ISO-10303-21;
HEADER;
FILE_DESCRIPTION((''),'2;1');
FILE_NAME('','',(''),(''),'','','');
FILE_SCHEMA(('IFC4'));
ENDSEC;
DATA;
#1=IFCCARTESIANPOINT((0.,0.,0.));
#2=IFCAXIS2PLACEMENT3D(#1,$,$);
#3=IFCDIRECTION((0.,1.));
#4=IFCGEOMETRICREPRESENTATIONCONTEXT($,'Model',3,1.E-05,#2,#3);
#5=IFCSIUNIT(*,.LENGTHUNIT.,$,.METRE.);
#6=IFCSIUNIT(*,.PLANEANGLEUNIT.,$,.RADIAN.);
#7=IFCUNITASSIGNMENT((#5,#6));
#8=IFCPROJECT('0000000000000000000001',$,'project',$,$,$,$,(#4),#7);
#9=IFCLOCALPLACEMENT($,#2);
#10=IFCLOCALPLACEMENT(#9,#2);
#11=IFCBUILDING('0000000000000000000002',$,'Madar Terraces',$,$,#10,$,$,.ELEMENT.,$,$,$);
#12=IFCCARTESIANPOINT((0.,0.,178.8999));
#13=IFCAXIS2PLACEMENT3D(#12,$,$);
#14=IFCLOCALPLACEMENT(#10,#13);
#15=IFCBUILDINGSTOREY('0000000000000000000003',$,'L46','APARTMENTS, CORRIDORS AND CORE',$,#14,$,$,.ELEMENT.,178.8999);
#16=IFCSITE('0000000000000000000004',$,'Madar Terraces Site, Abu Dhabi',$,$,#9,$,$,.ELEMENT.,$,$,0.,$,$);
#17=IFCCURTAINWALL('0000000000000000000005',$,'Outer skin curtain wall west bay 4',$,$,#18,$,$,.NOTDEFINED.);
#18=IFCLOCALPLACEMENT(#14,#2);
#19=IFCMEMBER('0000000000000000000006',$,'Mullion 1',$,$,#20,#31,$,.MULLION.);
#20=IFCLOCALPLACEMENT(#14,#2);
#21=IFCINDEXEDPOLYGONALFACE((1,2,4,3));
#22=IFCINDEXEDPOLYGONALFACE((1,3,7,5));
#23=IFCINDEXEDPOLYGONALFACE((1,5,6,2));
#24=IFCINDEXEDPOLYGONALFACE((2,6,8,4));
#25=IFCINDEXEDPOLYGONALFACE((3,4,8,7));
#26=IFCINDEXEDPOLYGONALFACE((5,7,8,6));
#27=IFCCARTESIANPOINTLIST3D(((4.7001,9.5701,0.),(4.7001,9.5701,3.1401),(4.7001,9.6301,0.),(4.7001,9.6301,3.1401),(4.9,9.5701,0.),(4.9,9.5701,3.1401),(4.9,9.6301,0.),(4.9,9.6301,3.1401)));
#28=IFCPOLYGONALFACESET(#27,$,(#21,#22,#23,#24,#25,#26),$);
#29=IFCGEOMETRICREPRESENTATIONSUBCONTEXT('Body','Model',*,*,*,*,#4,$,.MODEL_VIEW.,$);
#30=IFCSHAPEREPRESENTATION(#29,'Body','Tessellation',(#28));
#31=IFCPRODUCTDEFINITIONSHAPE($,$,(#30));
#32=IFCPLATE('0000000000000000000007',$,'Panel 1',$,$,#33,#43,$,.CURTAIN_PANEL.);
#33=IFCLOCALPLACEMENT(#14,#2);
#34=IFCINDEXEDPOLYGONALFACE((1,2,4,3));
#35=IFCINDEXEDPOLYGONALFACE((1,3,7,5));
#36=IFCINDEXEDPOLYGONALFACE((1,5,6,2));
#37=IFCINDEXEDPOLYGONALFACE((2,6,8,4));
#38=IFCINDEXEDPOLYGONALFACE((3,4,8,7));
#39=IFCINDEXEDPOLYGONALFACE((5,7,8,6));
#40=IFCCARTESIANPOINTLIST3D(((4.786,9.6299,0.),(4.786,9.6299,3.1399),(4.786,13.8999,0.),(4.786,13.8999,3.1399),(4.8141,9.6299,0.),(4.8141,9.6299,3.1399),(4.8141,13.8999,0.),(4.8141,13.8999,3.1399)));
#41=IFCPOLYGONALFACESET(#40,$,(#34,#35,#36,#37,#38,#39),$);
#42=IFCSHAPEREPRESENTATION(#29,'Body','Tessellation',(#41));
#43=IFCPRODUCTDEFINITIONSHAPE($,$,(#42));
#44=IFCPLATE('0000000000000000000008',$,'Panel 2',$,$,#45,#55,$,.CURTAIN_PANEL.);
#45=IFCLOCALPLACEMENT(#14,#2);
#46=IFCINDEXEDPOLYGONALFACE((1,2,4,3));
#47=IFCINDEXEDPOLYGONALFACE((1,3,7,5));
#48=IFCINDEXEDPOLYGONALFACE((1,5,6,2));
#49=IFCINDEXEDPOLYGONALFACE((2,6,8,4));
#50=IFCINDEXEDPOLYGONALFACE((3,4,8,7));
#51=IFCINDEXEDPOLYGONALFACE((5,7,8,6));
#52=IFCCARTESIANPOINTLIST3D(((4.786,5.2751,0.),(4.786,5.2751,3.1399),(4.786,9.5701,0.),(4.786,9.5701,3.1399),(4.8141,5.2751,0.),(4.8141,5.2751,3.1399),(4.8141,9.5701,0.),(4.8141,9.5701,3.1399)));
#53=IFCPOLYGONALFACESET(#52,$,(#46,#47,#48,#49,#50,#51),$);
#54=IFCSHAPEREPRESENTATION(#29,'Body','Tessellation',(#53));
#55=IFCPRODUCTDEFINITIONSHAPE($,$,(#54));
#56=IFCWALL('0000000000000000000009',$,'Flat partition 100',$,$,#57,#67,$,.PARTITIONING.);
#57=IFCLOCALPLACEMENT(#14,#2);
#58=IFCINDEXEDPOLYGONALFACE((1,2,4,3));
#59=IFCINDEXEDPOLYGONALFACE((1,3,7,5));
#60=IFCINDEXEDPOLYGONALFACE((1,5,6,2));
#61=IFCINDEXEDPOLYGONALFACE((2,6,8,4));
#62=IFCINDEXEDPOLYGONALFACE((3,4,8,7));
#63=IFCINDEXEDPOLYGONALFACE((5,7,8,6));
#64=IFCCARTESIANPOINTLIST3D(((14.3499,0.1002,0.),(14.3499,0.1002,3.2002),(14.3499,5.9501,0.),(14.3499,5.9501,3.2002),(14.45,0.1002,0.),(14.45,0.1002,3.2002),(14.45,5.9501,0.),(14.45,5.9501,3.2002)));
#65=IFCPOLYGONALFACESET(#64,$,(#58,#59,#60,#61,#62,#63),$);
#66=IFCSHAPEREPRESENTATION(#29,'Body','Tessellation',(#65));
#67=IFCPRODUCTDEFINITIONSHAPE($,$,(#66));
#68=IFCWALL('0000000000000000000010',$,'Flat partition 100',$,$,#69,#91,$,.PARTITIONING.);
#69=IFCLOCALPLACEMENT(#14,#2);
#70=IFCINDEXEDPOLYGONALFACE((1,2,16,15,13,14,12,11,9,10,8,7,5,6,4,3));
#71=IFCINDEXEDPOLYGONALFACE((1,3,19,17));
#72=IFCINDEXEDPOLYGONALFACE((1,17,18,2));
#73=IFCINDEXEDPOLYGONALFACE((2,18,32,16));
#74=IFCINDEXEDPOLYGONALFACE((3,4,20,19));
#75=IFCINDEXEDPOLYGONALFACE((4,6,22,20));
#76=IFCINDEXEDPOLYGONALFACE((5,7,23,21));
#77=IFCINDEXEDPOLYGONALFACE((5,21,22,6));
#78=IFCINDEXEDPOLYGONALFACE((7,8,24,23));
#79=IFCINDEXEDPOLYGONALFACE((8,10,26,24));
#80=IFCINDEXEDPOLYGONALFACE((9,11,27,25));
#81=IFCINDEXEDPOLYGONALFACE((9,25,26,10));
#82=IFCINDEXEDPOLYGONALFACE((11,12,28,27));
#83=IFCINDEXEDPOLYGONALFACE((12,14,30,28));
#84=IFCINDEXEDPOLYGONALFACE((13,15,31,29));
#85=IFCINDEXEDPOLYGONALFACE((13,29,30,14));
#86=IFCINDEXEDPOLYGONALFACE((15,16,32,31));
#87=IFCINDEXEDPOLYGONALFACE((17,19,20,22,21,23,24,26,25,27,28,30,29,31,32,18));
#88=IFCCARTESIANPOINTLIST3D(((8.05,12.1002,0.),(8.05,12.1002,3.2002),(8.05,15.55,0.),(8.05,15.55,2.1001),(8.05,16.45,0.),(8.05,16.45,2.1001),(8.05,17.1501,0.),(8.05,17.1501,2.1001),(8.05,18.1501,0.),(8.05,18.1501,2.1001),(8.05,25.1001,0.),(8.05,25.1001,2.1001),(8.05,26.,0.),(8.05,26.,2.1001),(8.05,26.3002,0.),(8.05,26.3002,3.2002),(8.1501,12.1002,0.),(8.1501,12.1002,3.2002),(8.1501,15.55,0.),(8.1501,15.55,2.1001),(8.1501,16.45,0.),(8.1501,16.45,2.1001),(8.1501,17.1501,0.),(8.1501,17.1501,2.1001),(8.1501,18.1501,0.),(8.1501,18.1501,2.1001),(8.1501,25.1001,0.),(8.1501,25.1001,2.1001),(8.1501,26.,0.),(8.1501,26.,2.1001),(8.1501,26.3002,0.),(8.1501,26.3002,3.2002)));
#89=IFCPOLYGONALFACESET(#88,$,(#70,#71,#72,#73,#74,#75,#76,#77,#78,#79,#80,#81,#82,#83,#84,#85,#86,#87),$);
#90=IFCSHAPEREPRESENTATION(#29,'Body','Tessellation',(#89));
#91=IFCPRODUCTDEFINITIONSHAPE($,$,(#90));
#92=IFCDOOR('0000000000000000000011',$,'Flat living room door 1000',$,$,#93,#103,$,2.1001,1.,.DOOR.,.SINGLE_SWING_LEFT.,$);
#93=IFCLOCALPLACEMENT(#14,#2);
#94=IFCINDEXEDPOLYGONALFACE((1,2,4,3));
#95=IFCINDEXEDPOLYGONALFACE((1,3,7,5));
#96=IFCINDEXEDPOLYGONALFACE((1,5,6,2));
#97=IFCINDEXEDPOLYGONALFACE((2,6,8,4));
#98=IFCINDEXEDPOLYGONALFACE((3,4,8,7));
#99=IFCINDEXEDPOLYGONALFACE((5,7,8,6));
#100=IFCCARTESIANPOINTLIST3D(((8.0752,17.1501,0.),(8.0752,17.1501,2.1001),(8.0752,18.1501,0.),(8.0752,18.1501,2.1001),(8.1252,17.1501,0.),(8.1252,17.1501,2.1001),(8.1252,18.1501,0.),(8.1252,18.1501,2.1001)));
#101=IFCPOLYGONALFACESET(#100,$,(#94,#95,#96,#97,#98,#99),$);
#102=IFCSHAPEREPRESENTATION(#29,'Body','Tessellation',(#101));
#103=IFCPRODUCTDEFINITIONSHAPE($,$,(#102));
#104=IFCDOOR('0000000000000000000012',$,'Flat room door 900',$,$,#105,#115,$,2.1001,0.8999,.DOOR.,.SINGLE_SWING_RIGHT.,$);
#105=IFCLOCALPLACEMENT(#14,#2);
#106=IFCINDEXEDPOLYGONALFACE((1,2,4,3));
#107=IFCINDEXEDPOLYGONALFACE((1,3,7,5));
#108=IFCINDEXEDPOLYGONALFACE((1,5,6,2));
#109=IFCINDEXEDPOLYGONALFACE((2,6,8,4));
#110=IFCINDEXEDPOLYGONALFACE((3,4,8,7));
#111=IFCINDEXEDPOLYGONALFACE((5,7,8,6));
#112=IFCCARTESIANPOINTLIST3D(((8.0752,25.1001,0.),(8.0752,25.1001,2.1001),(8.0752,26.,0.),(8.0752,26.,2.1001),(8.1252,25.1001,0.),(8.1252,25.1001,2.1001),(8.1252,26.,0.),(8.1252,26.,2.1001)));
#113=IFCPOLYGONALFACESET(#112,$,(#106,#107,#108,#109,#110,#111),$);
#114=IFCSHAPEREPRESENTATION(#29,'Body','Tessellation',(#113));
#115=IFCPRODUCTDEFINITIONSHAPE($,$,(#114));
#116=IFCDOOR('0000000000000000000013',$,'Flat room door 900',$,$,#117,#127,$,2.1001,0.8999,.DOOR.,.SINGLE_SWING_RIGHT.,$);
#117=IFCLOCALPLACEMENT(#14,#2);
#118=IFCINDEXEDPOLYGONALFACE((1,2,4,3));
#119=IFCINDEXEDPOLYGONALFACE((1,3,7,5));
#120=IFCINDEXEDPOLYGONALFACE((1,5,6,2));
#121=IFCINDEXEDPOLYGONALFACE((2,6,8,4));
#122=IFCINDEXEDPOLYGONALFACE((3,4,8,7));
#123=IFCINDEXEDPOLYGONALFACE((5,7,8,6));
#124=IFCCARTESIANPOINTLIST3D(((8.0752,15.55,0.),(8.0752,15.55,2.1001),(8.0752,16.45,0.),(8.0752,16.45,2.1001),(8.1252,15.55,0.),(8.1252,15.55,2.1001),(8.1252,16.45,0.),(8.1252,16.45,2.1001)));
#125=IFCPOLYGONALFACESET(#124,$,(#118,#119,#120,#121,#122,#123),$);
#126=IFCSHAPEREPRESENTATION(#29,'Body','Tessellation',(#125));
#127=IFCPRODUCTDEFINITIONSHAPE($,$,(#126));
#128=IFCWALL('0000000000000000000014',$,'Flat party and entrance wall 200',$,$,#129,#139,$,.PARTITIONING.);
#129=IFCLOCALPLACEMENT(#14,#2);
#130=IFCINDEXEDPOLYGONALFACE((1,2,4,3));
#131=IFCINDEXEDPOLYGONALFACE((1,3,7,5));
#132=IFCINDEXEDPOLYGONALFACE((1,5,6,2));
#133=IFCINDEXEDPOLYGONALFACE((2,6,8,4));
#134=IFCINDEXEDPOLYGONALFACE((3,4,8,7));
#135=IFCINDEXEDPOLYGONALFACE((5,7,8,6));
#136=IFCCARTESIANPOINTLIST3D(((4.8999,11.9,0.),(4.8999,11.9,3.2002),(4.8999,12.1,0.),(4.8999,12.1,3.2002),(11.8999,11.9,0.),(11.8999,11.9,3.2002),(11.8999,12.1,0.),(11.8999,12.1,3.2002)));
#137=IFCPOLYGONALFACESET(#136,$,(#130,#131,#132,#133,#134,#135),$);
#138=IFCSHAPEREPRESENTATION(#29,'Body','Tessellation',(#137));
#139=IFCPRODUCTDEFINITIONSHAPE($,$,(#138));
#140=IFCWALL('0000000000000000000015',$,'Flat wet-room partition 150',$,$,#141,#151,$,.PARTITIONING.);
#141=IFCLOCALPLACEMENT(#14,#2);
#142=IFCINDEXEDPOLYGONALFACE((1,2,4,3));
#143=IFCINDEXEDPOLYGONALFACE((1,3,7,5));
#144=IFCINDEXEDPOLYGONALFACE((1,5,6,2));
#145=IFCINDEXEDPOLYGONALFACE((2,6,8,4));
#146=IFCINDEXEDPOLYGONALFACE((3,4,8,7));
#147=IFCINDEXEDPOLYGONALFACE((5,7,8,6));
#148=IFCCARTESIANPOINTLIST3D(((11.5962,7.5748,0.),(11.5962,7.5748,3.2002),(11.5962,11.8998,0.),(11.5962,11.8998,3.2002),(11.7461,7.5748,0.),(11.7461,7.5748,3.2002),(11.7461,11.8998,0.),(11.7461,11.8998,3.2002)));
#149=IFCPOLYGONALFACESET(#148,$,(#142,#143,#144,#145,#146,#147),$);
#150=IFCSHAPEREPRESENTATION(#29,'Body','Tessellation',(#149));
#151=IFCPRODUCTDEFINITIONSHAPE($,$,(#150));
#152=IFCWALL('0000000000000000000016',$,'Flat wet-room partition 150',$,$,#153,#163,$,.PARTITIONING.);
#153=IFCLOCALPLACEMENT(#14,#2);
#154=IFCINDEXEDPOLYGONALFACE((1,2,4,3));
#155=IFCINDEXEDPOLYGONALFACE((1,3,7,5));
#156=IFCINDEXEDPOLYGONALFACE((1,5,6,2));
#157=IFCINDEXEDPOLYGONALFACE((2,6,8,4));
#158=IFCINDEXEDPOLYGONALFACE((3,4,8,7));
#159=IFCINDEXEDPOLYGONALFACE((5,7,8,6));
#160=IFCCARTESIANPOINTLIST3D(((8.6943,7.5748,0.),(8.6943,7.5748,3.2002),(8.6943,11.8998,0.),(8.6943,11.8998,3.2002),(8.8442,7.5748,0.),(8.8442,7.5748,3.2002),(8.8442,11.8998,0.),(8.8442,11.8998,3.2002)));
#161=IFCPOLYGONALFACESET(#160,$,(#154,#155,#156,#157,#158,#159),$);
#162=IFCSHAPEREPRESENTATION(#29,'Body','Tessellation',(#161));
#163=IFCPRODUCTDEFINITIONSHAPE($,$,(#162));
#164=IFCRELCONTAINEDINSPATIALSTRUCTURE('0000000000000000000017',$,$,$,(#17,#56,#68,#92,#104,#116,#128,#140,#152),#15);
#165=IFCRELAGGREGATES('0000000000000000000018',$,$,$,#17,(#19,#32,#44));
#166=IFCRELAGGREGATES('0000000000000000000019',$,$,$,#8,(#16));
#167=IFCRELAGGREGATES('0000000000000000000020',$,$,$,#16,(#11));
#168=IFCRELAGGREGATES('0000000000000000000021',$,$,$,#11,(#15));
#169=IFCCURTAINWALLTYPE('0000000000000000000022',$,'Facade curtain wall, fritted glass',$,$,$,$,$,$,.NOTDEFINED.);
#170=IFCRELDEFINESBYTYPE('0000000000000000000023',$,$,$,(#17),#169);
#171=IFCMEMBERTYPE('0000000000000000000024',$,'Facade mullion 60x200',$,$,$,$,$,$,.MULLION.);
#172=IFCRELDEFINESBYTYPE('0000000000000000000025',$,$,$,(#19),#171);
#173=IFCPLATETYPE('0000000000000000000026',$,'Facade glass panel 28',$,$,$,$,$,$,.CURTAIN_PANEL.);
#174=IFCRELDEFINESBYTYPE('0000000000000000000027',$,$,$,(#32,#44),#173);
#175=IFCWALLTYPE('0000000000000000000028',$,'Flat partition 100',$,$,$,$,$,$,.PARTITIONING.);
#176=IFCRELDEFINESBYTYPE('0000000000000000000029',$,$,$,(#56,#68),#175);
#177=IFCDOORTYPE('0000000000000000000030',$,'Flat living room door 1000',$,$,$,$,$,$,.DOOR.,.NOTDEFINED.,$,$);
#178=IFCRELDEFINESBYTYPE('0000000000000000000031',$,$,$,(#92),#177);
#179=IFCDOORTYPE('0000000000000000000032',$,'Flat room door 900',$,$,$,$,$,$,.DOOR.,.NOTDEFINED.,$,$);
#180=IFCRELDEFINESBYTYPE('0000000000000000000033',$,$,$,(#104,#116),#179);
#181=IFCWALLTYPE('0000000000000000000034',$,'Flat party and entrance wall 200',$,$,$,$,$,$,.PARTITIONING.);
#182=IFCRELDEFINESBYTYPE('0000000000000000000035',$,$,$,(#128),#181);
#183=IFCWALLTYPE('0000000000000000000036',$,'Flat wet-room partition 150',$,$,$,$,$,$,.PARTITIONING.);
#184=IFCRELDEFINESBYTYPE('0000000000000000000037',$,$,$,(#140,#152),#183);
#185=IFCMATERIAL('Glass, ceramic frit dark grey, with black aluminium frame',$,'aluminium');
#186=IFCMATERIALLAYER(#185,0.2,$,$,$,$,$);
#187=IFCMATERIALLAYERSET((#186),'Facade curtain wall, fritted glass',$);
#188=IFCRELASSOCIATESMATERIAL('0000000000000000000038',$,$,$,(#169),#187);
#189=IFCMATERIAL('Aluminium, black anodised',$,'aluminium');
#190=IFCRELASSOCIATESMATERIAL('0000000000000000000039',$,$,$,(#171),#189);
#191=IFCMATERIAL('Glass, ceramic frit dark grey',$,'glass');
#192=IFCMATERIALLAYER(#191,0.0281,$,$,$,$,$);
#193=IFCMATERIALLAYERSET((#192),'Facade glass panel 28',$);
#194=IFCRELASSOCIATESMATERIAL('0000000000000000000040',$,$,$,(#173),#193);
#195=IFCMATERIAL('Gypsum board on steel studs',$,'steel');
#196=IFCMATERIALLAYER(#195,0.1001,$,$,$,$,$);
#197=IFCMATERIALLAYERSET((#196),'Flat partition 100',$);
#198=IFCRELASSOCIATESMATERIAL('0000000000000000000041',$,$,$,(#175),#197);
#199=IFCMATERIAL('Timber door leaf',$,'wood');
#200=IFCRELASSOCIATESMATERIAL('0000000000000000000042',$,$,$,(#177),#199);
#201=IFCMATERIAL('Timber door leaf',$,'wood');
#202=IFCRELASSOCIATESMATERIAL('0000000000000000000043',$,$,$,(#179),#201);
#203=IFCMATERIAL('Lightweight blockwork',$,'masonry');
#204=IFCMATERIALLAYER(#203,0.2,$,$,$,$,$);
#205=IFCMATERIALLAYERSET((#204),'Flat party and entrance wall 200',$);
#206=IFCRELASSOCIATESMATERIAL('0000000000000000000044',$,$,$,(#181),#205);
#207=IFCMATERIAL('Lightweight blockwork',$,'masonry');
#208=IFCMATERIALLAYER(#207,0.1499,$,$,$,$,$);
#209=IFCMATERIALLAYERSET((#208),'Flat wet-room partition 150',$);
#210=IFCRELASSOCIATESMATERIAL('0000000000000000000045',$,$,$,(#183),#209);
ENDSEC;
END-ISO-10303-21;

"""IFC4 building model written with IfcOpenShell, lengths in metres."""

from ifc_helpers import new_model, si_unit, direction, frame, frame_2d, origin, origin_2d, place, context, subcontext, project, spatial, rectangle, extrude, material, layer, layer_set, material_profile, profile_set, type_object, element, fill, aggregate, save


model = new_model("IFC4")

# Units and contexts
model_context = context("Model", 3, precision=1e-05, world=origin(), true_north=direction((0.0, 1.0)))
body_context = subcontext(model_context, "Body", "Model", "MODEL_VIEW")
ifc_project = project(units=[si_unit("LENGTHUNIT", "METRE"), si_unit("PLANEANGLEUNIT", "RADIAN")], contexts=[model_context])

# Site, building, storey
site_placement = place(None, origin())
site = spatial("IfcSite", under=ifc_project, at=site_placement, Name="Madar Terraces Site, Abu Dhabi", CompositionType="ELEMENT", RefElevation=0.0)
building_placement = place(site_placement, origin())
building = spatial("IfcBuilding", under=site, at=building_placement, Name="Madar Terraces", CompositionType="ELEMENT")
storey_placement = place(building_placement, frame((0.0, 0.0, 178.8999)))
storey = spatial("IfcBuildingStorey", under=building, at=storey_placement, Name="L46", Description="APARTMENTS, CORRIDORS AND CORE", CompositionType="ELEMENT", Elevation=178.8999)

# Curtain wall, member, plates
ifc_material_1 = material(Name="Glass, ceramic frit dark grey, with black aluminium frame", Category="aluminium")
ifc_layer_1 = layer(ifc_material_1, 0.2)
ifc_layer_set_1 = layer_set([ifc_layer_1], Name="Facade curtain wall, fritted glass")
curtain_wall_type = type_object("IfcCurtainWallType", Name="Facade curtain wall, fritted glass", PredefinedType="NOTDEFINED", material=ifc_layer_set_1)
curtain_wall_placement = place(storey_placement, origin())
curtain_wall = element("IfcCurtainWall", 1, at=curtain_wall_placement, inside=storey, type_object=curtain_wall_type, Name="Outer skin curtain wall west bay 4", PredefinedType="NOTDEFINED")
ifc_material_2 = material(Name="Aluminium, black anodised", Category="aluminium")
ifc_material_profile = material_profile(ifc_material_2, rectangle(XDim=0.2, YDim=0.0601, at=origin_2d()), Name="Facade mullion 60x200")
ifc_profile_set = profile_set([ifc_material_profile], Name="Aluminium, black anodised")
member_type = type_object("IfcMemberType", Name="Facade mullion 60x200", PredefinedType="MULLION", material=ifc_profile_set)
member_placement = place(storey_placement, frame((4.8, 9.6001, 0.0), z_axis=(0.0, 0.0, 1.0), x_axis=(1.0, 0.0, 0.0)))
member = element("IfcMember", 2, at=member_placement, type_object=member_type, Name="Mullion 1", PredefinedType="MULLION", context=body_context, shape_type="SweptSolid", body=[
    extrude(rectangle(XDim=0.2, YDim=0.0601, at=origin_2d()), origin(), (0.0, 0.0, 1.0), 3.1401),
])
ifc_material_3 = material(Name="Glass, ceramic frit dark grey", Category="glass")
ifc_layer_2 = layer(ifc_material_3, 0.0281)
ifc_layer_set_2 = layer_set([ifc_layer_2], Name="Facade glass panel 28")
plate_type = type_object("IfcPlateType", Name="Facade glass panel 28", PredefinedType="CURTAIN_PANEL", material=ifc_layer_set_2)
plate_1_placement = place(storey_placement, frame((4.8, 11.7649, 0.0), z_axis=(0.0, 0.0, 1.0), x_axis=(0.0, -1.0, 0.0)))
plate_1 = element("IfcPlate", 3, at=plate_1_placement, type_object=plate_type, Name="Panel 1", PredefinedType="CURTAIN_PANEL", context=body_context, shape_type="SweptSolid", body=[
    extrude(rectangle(XDim=4.27, YDim=0.0281, at=origin_2d()), origin(), (0.0, 0.0, 1.0), 3.1399),
])
plate_2_placement = place(storey_placement, frame((4.8, 7.4226, 0.0), z_axis=(0.0, 0.0, 1.0), x_axis=(0.0, -1.0, 0.0)))
plate_2 = element("IfcPlate", 4, at=plate_2_placement, type_object=plate_type, Name="Panel 2", PredefinedType="CURTAIN_PANEL", context=body_context, shape_type="SweptSolid", body=[
    extrude(rectangle(XDim=4.2949, YDim=0.0281, at=origin_2d()), origin(), (0.0, 0.0, 1.0), 3.1399),
])
aggregate(curtain_wall, [member, plate_1, plate_2])

# Wall
ifc_material_4 = material(Name="Gypsum board on steel studs", Category="steel")
ifc_layer_3 = layer(ifc_material_4, 0.1001)
ifc_layer_set_3 = layer_set([ifc_layer_3], Name="Flat partition 100")
wall_type_1 = type_object("IfcWallType", Name="Flat partition 100", PredefinedType="PARTITIONING", material=ifc_layer_set_3)
wall_1_placement = place(storey_placement, frame((14.3999, 5.95, 0.0), z_axis=(0.0, 0.0, 1.0), x_axis=(0.0, -1.0, 0.0)))
element("IfcWall", 5, at=wall_1_placement, inside=storey, type_object=wall_type_1, Name="Flat partition 100", PredefinedType="PARTITIONING", context=body_context, shape_type="SweptSolid", body=[
    extrude(rectangle(XDim=5.8499, YDim=0.1001, at=frame_2d((2.9248, 0.0))), origin(), (0.0, 0.0, 1.0), 3.2002),
])

# Wall, openings, doors
wall_2_placement = place(storey_placement, frame((8.1001, 12.1001, 0.0), z_axis=(0.0, 0.0, 1.0), x_axis=(0.0, 1.0, 0.0)))
wall_2 = element("IfcWall", 6, at=wall_2_placement, inside=storey, type_object=wall_type_1, Name="Flat partition 100", PredefinedType="PARTITIONING", context=body_context, shape_type="SweptSolid", body=[
    extrude(rectangle(XDim=14.2, YDim=0.1001, at=frame_2d((7.1001, 0.0))), origin(), (0.0, 0.0, 1.0), 3.2002),
])
opening_1_placement = place(wall_2_placement, frame((13.0, 0.0, 0.0)))
opening_1 = element("IfcOpeningElement", 7, at=opening_1_placement, cuts=wall_2, PredefinedType="OPENING", context=body_context, shape_type="SweptSolid", body=[
    extrude(rectangle(XDim=0.8999, YDim=2.1001, at=frame_2d((0.45, 1.05))), frame((0.0, 0.0601, 0.0), z_axis=(0.0, -1.0, 0.0), x_axis=(1.0, 0.0, 0.0)), (0.0, 0.0, 1.0), 0.1201),
])
opening_2_placement = place(wall_2_placement, frame((5.05, 0.0, 0.0)))
opening_2 = element("IfcOpeningElement", 8, at=opening_2_placement, cuts=wall_2, PredefinedType="OPENING", context=body_context, shape_type="SweptSolid", body=[
    extrude(rectangle(XDim=1.0, YDim=2.1001, at=frame_2d((0.5, 1.05))), frame((0.0, 0.0601, 0.0), z_axis=(0.0, -1.0, 0.0), x_axis=(1.0, 0.0, 0.0)), (0.0, 0.0, 1.0), 0.1201),
])
opening_3_placement = place(wall_2_placement, frame((3.45, 0.0, 0.0)))
opening_3 = element("IfcOpeningElement", 9, at=opening_3_placement, cuts=wall_2, PredefinedType="OPENING", context=body_context, shape_type="SweptSolid", body=[
    extrude(rectangle(XDim=0.8999, YDim=2.1001, at=frame_2d((0.45, 1.05))), frame((0.0, 0.0601, 0.0), z_axis=(0.0, -1.0, 0.0), x_axis=(1.0, 0.0, 0.0)), (0.0, 0.0, 1.0), 0.1201),
])
ifc_material_5 = material(Name="Timber door leaf", Category="wood")
door_type_1 = type_object("IfcDoorType", Name="Flat living room door 1000", OperationType="NOTDEFINED", PredefinedType="DOOR", material=ifc_material_5)
door_1_placement = place(opening_2_placement, origin())
door_1 = element("IfcDoor", 10, at=door_1_placement, inside=storey, type_object=door_type_1, Name="Flat living room door 1000", OperationType="SINGLE_SWING_LEFT", OverallHeight=2.1001, OverallWidth=1.0, PredefinedType="DOOR", context=body_context, shape_type="SweptSolid", body=[
    extrude(rectangle(XDim=1.0, YDim=2.1001, at=frame_2d((0.5, 1.05))), frame((0.0, 0.0249, 0.0), z_axis=(0.0, -1.0, 0.0), x_axis=(1.0, 0.0, 0.0)), (0.0, 0.0, 1.0), 0.05),
])
fill(opening_2, door_1)
ifc_material_6 = material(Name="Timber door leaf", Category="wood")
door_type_2 = type_object("IfcDoorType", Name="Flat room door 900", OperationType="NOTDEFINED", PredefinedType="DOOR", material=ifc_material_6)
door_2_placement = place(opening_1_placement, origin())
door_2 = element("IfcDoor", 11, at=door_2_placement, inside=storey, type_object=door_type_2, Name="Flat room door 900", OperationType="SINGLE_SWING_RIGHT", OverallHeight=2.1001, OverallWidth=0.8999, PredefinedType="DOOR", context=body_context, shape_type="SweptSolid", body=[
    extrude(rectangle(XDim=0.8999, YDim=2.1001, at=frame_2d((0.45, 1.05))), frame((0.0, 0.0249, 0.0), z_axis=(0.0, -1.0, 0.0), x_axis=(1.0, 0.0, 0.0)), (0.0, 0.0, 1.0), 0.05),
])
fill(opening_1, door_2)
door_3_placement = place(opening_3_placement, origin())
door_3 = element("IfcDoor", 12, at=door_3_placement, inside=storey, type_object=door_type_2, Name="Flat room door 900", OperationType="SINGLE_SWING_RIGHT", OverallHeight=2.1001, OverallWidth=0.8999, PredefinedType="DOOR", context=body_context, shape_type="SweptSolid", body=[
    extrude(rectangle(XDim=0.8999, YDim=2.1001, at=frame_2d((0.45, 1.05))), frame((0.0, 0.0249, 0.0), z_axis=(0.0, -1.0, 0.0), x_axis=(1.0, 0.0, 0.0)), (0.0, 0.0, 1.0), 0.05),
])
fill(opening_3, door_3)

# Walls
ifc_material_7 = material(Name="Lightweight blockwork", Category="masonry")
ifc_layer_4 = layer(ifc_material_7, 0.2)
ifc_layer_set_4 = layer_set([ifc_layer_4], Name="Flat party and entrance wall 200")
wall_type_2 = type_object("IfcWallType", Name="Flat party and entrance wall 200", PredefinedType="PARTITIONING", material=ifc_layer_set_4)
wall_3_placement = place(storey_placement, frame((4.8999, 12.0, 0.0), z_axis=(0.0, 0.0, 1.0), x_axis=(1.0, 0.0, 0.0)))
element("IfcWall", 13, at=wall_3_placement, inside=storey, type_object=wall_type_2, Name="Flat party and entrance wall 200", PredefinedType="PARTITIONING", context=body_context, shape_type="SweptSolid", body=[
    extrude(rectangle(XDim=7.0, YDim=0.2, at=frame_2d((3.5, 0.0))), origin(), (0.0, 0.0, 1.0), 3.2002),
])
ifc_material_8 = material(Name="Lightweight blockwork", Category="masonry")
ifc_layer_5 = layer(ifc_material_8, 0.1499)
ifc_layer_set_5 = layer_set([ifc_layer_5], Name="Flat wet-room partition 150")
wall_type_3 = type_object("IfcWallType", Name="Flat wet-room partition 150", PredefinedType="PARTITIONING", material=ifc_layer_set_5)
for number, where, z_axis, x_axis, name in (
    (14, (11.6711, 11.8999, 0.0), (0.0, 0.0, 1.0), (0.0, -1.0, 0.0), "Flat wet-room partition 150"),
    (15, (8.7693, 11.8999, 0.0), (0.0, 0.0, 1.0), (0.0, -1.0, 0.0), "Flat wet-room partition 150"),
):
    element("IfcWall", number, at=place(storey_placement, frame(where, z_axis=z_axis, x_axis=x_axis)), inside=storey, type_object=wall_type_3, Name=name, PredefinedType="PARTITIONING", context=body_context, shape_type="SweptSolid", body=[
        extrude(rectangle(XDim=4.325, YDim=0.1499, at=frame_2d((2.1626, 0.0))), origin(), (0.0, 0.0, 1.0), 3.2002),
    ])

save(model, "model.ifc")
